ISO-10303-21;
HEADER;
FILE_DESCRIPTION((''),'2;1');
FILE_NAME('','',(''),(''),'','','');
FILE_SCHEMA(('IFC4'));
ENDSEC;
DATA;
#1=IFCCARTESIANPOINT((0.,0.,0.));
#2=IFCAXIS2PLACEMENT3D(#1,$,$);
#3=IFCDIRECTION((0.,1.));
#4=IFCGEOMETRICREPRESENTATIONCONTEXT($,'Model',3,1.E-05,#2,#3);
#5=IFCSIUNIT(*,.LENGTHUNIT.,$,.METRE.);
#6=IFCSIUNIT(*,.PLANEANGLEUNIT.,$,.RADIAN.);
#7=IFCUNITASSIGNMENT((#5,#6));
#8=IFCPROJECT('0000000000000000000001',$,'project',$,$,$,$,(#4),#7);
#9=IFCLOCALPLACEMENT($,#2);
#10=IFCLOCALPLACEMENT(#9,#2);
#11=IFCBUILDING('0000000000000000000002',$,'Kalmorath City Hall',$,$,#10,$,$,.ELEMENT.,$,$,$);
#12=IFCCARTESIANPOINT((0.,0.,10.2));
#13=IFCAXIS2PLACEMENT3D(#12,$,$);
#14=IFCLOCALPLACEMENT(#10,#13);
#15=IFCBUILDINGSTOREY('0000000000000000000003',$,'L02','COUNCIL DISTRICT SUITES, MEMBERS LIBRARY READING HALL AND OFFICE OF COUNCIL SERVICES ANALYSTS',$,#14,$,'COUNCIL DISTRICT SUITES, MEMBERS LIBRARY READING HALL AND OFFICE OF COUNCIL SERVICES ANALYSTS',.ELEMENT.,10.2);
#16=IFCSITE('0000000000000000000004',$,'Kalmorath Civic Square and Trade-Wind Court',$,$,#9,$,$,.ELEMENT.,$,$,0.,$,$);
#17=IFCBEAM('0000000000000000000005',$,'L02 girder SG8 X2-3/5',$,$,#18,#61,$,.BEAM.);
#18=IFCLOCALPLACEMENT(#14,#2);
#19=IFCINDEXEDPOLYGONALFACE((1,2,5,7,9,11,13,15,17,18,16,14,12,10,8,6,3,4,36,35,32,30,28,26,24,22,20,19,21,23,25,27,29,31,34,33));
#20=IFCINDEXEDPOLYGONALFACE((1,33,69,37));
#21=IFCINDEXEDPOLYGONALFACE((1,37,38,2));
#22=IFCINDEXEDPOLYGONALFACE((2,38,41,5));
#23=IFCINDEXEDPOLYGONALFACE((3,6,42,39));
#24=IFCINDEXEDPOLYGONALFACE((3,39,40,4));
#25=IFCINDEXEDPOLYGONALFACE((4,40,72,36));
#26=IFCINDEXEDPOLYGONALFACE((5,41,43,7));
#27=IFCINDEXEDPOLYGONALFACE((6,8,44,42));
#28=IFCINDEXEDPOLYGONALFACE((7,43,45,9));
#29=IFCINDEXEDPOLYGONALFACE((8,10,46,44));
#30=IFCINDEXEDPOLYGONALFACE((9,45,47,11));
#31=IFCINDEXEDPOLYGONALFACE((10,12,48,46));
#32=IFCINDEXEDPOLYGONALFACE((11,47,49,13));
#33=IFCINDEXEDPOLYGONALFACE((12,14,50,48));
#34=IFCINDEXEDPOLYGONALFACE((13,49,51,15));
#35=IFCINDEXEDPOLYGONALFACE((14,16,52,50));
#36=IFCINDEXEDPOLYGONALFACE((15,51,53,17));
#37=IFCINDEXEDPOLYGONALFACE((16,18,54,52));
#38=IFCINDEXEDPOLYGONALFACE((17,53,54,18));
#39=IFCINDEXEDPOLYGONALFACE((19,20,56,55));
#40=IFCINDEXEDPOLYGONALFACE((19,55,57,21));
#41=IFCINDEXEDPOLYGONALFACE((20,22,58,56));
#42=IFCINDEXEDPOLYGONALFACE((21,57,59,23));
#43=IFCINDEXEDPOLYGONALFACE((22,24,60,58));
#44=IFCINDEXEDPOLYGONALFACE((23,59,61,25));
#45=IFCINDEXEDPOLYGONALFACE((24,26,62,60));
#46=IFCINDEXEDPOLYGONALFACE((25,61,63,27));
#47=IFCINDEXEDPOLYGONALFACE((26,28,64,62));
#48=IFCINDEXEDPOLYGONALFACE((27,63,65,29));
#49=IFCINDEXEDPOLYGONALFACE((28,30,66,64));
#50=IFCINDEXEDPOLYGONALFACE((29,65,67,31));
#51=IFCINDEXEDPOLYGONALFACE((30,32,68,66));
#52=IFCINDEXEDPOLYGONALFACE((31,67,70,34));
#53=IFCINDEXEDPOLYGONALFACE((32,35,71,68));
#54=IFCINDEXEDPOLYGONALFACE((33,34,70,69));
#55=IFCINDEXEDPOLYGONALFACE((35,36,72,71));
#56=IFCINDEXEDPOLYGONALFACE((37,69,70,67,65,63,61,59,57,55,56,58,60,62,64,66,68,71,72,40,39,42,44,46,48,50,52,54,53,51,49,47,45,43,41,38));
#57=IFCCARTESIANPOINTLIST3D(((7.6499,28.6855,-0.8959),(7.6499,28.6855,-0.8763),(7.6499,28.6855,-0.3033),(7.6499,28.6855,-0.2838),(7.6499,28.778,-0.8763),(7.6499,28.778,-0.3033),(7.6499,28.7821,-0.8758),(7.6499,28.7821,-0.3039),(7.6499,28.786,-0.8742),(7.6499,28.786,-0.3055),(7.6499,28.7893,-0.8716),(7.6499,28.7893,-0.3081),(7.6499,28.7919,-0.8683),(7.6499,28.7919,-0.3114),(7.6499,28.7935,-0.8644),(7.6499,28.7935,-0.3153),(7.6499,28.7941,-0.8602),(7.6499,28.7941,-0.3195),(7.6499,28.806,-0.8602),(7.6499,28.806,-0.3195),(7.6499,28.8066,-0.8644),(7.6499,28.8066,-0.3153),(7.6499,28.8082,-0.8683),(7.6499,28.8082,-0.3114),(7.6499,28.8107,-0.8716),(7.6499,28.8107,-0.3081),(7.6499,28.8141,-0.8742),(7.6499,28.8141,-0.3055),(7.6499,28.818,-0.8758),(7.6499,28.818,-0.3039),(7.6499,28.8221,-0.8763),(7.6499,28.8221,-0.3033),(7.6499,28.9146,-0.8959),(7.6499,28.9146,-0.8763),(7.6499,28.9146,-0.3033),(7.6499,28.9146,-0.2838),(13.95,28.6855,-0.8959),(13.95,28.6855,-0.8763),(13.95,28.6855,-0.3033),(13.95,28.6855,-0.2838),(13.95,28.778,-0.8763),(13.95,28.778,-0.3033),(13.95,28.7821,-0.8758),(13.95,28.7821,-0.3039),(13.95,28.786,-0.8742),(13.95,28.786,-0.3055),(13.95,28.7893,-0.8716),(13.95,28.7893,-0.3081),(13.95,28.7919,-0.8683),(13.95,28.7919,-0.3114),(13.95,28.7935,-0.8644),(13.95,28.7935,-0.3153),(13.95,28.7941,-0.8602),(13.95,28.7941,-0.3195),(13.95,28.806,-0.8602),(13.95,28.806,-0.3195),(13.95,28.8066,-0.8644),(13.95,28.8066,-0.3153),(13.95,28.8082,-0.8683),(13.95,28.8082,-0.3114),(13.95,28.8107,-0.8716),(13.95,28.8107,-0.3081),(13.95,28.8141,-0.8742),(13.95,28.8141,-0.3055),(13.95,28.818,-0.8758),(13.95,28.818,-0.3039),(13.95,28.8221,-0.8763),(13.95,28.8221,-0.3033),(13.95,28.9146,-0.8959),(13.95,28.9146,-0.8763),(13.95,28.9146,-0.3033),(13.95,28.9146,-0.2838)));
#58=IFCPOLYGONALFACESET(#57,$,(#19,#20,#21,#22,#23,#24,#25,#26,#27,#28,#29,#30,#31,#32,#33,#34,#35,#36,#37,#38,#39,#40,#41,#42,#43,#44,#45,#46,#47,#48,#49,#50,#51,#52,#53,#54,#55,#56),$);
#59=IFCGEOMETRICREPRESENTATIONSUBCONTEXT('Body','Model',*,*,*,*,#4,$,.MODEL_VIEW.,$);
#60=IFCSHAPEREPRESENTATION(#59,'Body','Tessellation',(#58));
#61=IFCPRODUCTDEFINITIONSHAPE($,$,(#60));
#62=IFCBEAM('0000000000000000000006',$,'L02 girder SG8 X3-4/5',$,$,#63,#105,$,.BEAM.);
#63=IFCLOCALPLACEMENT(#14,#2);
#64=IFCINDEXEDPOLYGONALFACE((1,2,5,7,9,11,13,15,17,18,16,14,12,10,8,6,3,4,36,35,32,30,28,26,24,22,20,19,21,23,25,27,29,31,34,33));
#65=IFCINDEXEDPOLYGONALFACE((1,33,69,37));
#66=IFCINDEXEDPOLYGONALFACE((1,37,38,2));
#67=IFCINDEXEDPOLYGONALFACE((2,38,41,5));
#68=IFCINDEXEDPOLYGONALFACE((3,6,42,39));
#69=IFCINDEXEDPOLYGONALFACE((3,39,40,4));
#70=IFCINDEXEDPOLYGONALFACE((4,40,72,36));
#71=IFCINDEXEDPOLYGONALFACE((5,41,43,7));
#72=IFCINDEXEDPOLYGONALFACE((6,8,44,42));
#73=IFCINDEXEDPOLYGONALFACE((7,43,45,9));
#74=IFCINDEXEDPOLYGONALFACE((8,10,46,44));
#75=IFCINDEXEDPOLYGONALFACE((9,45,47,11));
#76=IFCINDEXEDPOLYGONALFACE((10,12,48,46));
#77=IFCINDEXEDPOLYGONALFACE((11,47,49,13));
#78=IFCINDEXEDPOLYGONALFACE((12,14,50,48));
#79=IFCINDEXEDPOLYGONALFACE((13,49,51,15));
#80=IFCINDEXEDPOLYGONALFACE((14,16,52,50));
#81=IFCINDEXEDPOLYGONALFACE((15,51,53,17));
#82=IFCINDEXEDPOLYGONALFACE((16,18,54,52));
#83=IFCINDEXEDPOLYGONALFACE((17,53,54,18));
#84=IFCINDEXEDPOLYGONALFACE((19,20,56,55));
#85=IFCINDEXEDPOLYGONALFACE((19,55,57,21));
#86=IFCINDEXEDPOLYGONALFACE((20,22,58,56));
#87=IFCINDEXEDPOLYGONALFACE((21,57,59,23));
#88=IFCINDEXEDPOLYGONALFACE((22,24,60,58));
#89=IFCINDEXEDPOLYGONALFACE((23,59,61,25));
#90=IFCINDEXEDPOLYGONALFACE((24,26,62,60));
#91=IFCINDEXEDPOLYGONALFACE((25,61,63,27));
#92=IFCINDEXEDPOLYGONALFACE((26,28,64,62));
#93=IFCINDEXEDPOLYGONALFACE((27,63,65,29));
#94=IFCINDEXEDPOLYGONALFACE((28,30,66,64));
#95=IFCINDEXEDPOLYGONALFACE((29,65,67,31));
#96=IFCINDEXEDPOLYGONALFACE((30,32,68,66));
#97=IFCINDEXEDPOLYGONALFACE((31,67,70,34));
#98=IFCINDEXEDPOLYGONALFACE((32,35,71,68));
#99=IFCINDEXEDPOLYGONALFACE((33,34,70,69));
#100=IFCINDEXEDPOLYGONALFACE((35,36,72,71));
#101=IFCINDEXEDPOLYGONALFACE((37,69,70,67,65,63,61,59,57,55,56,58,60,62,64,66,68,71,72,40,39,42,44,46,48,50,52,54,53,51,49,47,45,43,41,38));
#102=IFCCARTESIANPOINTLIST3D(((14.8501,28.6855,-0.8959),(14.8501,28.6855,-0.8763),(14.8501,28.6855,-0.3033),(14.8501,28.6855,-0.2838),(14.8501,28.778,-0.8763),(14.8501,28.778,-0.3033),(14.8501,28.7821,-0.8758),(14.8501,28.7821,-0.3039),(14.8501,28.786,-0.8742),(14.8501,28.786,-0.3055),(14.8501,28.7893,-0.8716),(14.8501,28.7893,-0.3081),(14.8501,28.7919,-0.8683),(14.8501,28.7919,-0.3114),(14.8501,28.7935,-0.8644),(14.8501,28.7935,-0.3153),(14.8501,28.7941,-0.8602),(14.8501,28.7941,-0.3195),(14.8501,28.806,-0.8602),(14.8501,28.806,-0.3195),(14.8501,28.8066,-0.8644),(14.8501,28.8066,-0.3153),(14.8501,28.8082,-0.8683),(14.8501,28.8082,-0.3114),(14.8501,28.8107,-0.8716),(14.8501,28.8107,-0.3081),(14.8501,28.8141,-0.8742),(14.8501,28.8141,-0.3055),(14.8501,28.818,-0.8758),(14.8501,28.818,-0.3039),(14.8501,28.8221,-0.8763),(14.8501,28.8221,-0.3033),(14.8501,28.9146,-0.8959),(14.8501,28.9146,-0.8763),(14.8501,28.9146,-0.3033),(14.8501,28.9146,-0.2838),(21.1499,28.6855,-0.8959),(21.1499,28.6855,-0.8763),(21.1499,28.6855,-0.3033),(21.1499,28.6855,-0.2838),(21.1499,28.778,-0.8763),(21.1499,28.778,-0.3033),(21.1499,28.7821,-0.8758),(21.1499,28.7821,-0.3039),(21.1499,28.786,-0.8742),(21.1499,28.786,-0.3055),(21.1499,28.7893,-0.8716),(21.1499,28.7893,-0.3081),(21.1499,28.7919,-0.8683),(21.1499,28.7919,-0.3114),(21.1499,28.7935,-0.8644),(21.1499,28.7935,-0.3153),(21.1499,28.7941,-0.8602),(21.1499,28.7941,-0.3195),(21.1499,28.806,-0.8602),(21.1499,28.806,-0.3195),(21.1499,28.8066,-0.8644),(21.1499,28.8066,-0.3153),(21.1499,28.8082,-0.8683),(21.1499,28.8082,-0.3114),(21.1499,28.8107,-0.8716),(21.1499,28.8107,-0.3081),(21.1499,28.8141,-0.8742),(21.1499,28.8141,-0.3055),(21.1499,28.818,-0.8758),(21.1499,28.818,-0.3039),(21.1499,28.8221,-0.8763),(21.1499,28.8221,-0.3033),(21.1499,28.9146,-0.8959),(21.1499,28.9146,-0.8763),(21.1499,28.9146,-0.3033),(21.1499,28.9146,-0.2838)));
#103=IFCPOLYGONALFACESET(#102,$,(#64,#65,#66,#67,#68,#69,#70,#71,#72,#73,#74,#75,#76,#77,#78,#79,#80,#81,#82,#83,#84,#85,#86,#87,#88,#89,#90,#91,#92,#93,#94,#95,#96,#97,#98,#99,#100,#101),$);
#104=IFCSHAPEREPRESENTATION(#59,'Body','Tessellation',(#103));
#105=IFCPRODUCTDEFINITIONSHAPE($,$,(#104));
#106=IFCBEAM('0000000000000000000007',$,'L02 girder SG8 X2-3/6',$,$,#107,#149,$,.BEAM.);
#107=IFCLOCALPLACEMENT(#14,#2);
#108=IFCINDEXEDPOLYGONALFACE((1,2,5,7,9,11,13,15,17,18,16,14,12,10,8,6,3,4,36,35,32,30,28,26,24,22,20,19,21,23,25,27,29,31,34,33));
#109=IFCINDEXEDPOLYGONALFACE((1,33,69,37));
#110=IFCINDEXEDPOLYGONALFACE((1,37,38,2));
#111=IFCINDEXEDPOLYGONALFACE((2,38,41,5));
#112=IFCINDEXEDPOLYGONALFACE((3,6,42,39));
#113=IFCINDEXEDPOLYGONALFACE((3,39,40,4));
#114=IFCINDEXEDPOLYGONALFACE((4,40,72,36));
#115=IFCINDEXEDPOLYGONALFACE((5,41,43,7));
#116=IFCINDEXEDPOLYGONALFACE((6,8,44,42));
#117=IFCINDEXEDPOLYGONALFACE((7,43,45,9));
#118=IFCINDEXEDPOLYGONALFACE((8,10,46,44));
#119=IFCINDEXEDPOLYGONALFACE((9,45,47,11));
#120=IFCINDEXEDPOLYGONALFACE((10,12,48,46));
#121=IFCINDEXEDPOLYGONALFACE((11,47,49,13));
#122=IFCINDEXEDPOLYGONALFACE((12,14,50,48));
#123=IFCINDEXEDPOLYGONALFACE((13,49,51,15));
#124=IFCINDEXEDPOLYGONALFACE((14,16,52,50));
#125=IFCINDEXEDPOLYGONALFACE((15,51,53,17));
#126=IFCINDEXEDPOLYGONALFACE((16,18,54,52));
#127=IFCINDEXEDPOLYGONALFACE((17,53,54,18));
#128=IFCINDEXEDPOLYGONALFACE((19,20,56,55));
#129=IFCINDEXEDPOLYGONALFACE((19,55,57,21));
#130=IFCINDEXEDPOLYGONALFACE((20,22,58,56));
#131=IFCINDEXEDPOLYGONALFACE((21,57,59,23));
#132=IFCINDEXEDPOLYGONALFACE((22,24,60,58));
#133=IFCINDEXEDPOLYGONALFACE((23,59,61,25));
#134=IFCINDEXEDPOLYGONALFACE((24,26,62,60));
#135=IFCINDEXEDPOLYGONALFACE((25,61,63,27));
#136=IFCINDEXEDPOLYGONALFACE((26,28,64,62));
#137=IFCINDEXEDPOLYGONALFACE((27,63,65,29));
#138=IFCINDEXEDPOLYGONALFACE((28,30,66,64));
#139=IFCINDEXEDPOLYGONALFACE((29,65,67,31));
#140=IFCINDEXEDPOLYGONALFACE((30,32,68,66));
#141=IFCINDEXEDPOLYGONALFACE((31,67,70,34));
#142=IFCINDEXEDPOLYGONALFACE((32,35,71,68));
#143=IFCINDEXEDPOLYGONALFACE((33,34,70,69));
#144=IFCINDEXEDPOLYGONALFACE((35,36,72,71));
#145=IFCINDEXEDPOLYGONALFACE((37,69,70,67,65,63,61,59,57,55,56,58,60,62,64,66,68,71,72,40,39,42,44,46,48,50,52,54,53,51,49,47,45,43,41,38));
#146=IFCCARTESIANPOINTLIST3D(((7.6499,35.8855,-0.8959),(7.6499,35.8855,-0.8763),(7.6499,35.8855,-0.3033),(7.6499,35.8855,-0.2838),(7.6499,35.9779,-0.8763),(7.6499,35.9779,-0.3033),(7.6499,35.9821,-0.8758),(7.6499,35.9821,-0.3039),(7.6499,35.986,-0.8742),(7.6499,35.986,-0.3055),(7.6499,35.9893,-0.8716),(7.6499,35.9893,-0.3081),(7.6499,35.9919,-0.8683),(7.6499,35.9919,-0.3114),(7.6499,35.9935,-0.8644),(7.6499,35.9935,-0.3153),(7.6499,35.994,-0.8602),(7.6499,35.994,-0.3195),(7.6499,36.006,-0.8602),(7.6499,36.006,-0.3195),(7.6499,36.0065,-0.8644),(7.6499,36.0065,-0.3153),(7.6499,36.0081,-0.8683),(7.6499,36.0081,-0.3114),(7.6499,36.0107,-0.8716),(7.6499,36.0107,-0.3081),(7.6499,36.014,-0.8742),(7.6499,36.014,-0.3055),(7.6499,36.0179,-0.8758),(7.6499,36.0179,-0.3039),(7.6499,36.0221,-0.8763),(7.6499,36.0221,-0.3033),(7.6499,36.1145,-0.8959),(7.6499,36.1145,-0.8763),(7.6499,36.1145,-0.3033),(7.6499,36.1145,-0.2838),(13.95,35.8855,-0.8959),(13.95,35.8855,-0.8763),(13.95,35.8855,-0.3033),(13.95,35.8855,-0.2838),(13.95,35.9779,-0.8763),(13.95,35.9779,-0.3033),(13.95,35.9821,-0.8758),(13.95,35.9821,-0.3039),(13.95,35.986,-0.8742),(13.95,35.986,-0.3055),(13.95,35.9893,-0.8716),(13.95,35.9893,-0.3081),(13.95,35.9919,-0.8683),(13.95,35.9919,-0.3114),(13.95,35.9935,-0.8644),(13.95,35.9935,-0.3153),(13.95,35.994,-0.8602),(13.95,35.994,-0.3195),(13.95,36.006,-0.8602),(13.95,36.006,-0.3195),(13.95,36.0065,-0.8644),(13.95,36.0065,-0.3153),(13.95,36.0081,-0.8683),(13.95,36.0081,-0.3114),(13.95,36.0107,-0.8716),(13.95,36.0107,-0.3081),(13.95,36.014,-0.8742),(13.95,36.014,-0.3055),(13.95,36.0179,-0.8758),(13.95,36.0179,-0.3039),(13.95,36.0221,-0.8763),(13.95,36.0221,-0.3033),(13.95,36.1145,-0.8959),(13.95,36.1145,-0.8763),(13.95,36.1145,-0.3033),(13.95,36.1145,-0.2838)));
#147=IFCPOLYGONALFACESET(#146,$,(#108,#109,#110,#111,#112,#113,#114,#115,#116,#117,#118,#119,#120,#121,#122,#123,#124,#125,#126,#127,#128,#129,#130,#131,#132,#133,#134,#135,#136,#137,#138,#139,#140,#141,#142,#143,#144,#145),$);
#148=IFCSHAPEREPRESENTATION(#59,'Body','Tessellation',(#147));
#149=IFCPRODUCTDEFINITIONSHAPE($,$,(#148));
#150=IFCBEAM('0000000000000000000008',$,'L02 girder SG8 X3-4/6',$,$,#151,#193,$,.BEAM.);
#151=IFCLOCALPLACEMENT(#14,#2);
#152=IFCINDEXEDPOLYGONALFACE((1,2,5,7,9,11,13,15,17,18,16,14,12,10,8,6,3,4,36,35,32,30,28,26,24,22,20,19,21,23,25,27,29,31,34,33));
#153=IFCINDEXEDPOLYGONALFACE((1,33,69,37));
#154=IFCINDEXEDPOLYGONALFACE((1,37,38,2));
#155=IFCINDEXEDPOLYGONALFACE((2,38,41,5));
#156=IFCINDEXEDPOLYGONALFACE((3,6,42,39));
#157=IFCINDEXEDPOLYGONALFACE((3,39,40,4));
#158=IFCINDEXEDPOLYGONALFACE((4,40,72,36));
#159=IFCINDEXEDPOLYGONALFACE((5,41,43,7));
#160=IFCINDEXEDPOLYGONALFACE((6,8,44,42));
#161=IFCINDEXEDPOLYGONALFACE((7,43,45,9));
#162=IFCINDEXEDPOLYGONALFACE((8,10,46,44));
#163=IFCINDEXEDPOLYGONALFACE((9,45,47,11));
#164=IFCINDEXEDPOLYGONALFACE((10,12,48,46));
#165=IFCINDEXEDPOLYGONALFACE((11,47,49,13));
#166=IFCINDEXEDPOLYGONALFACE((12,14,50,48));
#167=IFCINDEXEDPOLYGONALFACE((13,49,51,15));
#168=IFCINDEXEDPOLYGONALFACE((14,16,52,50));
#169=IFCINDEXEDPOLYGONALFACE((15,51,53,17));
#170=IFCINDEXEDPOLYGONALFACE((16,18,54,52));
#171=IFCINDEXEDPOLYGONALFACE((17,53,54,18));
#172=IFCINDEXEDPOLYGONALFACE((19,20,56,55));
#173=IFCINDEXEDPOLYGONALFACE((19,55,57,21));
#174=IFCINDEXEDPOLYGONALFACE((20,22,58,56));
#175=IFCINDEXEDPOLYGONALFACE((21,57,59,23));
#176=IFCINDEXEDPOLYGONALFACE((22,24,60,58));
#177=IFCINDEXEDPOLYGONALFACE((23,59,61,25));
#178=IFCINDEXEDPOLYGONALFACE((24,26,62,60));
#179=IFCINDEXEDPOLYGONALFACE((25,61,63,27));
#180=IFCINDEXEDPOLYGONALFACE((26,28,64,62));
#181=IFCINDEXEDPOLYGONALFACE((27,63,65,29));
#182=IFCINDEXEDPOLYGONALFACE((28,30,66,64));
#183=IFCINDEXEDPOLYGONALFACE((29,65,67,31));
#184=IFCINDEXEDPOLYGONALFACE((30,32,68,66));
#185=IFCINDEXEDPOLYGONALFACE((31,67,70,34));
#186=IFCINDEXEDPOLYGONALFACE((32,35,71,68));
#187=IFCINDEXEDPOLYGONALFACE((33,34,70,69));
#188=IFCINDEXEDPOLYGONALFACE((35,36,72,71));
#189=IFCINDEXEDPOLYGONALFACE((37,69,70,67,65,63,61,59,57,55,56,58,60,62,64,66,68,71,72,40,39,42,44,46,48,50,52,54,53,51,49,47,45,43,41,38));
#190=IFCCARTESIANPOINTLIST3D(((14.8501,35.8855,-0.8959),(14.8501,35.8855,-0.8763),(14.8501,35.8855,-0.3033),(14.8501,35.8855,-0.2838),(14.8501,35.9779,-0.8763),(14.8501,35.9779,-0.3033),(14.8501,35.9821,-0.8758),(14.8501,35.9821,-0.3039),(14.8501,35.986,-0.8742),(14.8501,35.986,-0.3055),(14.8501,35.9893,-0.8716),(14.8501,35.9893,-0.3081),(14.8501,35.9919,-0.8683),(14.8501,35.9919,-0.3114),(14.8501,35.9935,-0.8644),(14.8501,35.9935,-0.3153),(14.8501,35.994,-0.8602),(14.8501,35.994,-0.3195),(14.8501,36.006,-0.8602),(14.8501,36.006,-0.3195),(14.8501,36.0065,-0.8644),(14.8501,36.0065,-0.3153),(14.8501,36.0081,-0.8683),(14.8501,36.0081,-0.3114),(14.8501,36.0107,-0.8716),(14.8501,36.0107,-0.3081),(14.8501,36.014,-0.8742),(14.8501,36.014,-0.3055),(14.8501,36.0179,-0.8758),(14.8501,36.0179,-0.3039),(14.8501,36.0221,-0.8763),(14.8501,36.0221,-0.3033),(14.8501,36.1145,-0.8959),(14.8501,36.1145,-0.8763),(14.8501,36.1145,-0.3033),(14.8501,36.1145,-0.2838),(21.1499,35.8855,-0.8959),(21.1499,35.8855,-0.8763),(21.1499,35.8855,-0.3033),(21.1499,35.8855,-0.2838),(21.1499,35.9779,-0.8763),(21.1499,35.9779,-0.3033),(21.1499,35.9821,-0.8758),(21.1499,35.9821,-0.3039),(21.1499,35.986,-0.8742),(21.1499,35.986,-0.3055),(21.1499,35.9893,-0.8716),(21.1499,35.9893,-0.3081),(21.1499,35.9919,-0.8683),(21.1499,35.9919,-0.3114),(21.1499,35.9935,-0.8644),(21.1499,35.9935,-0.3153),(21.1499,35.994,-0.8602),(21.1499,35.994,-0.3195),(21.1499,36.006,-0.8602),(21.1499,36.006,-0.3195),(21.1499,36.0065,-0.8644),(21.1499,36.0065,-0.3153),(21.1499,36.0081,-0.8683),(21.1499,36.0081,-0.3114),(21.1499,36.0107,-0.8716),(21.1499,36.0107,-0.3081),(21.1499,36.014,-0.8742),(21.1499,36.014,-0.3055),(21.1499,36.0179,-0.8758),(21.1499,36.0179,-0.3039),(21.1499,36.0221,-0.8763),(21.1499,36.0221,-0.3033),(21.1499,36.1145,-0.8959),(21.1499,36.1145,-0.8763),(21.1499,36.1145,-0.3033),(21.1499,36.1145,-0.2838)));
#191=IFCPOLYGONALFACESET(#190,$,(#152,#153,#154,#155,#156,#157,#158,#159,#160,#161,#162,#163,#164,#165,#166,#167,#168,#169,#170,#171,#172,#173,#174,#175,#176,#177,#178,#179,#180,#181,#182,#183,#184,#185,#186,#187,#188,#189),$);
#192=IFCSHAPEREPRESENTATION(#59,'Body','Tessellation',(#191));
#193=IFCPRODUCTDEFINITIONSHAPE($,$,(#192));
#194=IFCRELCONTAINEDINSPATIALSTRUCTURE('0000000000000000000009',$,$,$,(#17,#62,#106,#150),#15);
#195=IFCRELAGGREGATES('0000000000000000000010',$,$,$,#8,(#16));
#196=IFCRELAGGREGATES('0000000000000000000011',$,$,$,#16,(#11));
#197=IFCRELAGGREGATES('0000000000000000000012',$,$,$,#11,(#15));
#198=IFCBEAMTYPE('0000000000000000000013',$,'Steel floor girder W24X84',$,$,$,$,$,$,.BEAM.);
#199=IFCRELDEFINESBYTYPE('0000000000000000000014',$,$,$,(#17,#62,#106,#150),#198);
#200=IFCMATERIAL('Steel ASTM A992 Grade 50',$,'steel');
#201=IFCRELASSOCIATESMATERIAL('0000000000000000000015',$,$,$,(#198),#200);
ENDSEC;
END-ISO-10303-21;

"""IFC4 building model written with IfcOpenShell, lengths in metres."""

from ifc_helpers import new_model, si_unit, direction, frame, origin, origin_2d, place, context, subcontext, project, spatial, i_section, extrude, material, material_profile, profile_set, type_object, element, save


model = new_model("IFC4")

# Units and contexts
model_context = context("Model", 3, precision=1e-05, world=origin(), true_north=direction((0.0, 1.0)))
body_context = subcontext(model_context, "Body", "Model", "MODEL_VIEW")
ifc_project = project(units=[si_unit("LENGTHUNIT", "METRE"), si_unit("PLANEANGLEUNIT", "RADIAN")], contexts=[model_context])

# Site, building, storey
site_placement = place(None, origin())
site = spatial("IfcSite", under=ifc_project, at=site_placement, Name="Kalmorath Civic Square and Trade-Wind Court", CompositionType="ELEMENT", RefElevation=0.0)
building_placement = place(site_placement, origin())
building = spatial("IfcBuilding", under=site, at=building_placement, Name="Kalmorath City Hall", CompositionType="ELEMENT")
storey_placement = place(building_placement, frame((0.0, 0.0, 10.2)))
storey = spatial("IfcBuildingStorey", under=building, at=storey_placement, Name="L02", Description="COUNCIL DISTRICT SUITES, MEMBERS LIBRARY READING HALL AND OFFICE OF COUNCIL SERVICES ANALYSTS", LongName="COUNCIL DISTRICT SUITES, MEMBERS LIBRARY READING HALL AND OFFICE OF COUNCIL SERVICES ANALYSTS", CompositionType="ELEMENT", Elevation=10.2)

# Beams
ifc_material_1 = material(Name="Steel ASTM A992 Grade 50", Category="steel")
ifc_material_profile_1 = material_profile(ifc_material_1, i_section(OverallWidth=0.229, OverallDepth=0.6121, WebThickness=0.012, FlangeThickness=0.0195, FilletRadius=0.0161, at=origin_2d()), Name="W24X84")
ifc_profile_set_1 = profile_set([ifc_material_profile_1], Name="Steel ASTM A992 Grade 50")
beam_type_1 = type_object("IfcBeamType", Name="Steel floor girder W24X84", PredefinedType="BEAM", material=ifc_profile_set_1)
beam_1_placement = place(storey_placement, frame((7.6499, 28.8, -0.5898), z_axis=(1.0, 0.0, 0.0), x_axis=(0.0, 1.0, 0.0)))
element("IfcBeam", 1, at=beam_1_placement, inside=storey, type_object=beam_type_1, Name="L02 girder SG8 X2-3/5", PredefinedType="BEAM", context=body_context, shape_type="SweptSolid", body=[
    extrude(i_section(OverallWidth=0.229, OverallDepth=0.6121, WebThickness=0.012, FlangeThickness=0.0195, FilletRadius=0.0161, at=origin_2d()), origin(), (0.0, 0.0, 1.0), 6.3),
])
beam_2_placement = place(storey_placement, frame((14.8501, 28.8, -0.5898), z_axis=(1.0, 0.0, 0.0), x_axis=(0.0, 1.0, 0.0)))
element("IfcBeam", 2, at=beam_2_placement, inside=storey, type_object=beam_type_1, Name="L02 girder SG8 X3-4/5", PredefinedType="BEAM", context=body_context, shape_type="SweptSolid", body=[
    extrude(i_section(OverallWidth=0.229, OverallDepth=0.6121, WebThickness=0.012, FlangeThickness=0.0195, FilletRadius=0.0161, at=origin_2d()), origin(), (0.0, 0.0, 1.0), 6.2998),
])
beam_3_placement = place(storey_placement, frame((7.6499, 36.0, -0.5898), z_axis=(1.0, 0.0, 0.0), x_axis=(0.0, 1.0, 0.0)))
element("IfcBeam", 3, at=beam_3_placement, inside=storey, type_object=beam_type_1, Name="L02 girder SG8 X2-3/6", PredefinedType="BEAM", context=body_context, shape_type="SweptSolid", body=[
    extrude(i_section(OverallWidth=0.229, OverallDepth=0.6121, WebThickness=0.012, FlangeThickness=0.0195, FilletRadius=0.0161, at=origin_2d()), origin(), (0.0, 0.0, 1.0), 6.3),
])
beam_4_placement = place(storey_placement, frame((14.8501, 36.0, -0.5898), z_axis=(1.0, 0.0, 0.0), x_axis=(0.0, 1.0, 0.0)))
element("IfcBeam", 4, at=beam_4_placement, inside=storey, type_object=beam_type_1, Name="L02 girder SG8 X3-4/6", PredefinedType="BEAM", context=body_context, shape_type="SweptSolid", body=[
    extrude(i_section(OverallWidth=0.229, OverallDepth=0.6121, WebThickness=0.012, FlangeThickness=0.0195, FilletRadius=0.0161, at=origin_2d()), origin(), (0.0, 0.0, 1.0), 6.2998),
])

save(model, "model.ifc")
